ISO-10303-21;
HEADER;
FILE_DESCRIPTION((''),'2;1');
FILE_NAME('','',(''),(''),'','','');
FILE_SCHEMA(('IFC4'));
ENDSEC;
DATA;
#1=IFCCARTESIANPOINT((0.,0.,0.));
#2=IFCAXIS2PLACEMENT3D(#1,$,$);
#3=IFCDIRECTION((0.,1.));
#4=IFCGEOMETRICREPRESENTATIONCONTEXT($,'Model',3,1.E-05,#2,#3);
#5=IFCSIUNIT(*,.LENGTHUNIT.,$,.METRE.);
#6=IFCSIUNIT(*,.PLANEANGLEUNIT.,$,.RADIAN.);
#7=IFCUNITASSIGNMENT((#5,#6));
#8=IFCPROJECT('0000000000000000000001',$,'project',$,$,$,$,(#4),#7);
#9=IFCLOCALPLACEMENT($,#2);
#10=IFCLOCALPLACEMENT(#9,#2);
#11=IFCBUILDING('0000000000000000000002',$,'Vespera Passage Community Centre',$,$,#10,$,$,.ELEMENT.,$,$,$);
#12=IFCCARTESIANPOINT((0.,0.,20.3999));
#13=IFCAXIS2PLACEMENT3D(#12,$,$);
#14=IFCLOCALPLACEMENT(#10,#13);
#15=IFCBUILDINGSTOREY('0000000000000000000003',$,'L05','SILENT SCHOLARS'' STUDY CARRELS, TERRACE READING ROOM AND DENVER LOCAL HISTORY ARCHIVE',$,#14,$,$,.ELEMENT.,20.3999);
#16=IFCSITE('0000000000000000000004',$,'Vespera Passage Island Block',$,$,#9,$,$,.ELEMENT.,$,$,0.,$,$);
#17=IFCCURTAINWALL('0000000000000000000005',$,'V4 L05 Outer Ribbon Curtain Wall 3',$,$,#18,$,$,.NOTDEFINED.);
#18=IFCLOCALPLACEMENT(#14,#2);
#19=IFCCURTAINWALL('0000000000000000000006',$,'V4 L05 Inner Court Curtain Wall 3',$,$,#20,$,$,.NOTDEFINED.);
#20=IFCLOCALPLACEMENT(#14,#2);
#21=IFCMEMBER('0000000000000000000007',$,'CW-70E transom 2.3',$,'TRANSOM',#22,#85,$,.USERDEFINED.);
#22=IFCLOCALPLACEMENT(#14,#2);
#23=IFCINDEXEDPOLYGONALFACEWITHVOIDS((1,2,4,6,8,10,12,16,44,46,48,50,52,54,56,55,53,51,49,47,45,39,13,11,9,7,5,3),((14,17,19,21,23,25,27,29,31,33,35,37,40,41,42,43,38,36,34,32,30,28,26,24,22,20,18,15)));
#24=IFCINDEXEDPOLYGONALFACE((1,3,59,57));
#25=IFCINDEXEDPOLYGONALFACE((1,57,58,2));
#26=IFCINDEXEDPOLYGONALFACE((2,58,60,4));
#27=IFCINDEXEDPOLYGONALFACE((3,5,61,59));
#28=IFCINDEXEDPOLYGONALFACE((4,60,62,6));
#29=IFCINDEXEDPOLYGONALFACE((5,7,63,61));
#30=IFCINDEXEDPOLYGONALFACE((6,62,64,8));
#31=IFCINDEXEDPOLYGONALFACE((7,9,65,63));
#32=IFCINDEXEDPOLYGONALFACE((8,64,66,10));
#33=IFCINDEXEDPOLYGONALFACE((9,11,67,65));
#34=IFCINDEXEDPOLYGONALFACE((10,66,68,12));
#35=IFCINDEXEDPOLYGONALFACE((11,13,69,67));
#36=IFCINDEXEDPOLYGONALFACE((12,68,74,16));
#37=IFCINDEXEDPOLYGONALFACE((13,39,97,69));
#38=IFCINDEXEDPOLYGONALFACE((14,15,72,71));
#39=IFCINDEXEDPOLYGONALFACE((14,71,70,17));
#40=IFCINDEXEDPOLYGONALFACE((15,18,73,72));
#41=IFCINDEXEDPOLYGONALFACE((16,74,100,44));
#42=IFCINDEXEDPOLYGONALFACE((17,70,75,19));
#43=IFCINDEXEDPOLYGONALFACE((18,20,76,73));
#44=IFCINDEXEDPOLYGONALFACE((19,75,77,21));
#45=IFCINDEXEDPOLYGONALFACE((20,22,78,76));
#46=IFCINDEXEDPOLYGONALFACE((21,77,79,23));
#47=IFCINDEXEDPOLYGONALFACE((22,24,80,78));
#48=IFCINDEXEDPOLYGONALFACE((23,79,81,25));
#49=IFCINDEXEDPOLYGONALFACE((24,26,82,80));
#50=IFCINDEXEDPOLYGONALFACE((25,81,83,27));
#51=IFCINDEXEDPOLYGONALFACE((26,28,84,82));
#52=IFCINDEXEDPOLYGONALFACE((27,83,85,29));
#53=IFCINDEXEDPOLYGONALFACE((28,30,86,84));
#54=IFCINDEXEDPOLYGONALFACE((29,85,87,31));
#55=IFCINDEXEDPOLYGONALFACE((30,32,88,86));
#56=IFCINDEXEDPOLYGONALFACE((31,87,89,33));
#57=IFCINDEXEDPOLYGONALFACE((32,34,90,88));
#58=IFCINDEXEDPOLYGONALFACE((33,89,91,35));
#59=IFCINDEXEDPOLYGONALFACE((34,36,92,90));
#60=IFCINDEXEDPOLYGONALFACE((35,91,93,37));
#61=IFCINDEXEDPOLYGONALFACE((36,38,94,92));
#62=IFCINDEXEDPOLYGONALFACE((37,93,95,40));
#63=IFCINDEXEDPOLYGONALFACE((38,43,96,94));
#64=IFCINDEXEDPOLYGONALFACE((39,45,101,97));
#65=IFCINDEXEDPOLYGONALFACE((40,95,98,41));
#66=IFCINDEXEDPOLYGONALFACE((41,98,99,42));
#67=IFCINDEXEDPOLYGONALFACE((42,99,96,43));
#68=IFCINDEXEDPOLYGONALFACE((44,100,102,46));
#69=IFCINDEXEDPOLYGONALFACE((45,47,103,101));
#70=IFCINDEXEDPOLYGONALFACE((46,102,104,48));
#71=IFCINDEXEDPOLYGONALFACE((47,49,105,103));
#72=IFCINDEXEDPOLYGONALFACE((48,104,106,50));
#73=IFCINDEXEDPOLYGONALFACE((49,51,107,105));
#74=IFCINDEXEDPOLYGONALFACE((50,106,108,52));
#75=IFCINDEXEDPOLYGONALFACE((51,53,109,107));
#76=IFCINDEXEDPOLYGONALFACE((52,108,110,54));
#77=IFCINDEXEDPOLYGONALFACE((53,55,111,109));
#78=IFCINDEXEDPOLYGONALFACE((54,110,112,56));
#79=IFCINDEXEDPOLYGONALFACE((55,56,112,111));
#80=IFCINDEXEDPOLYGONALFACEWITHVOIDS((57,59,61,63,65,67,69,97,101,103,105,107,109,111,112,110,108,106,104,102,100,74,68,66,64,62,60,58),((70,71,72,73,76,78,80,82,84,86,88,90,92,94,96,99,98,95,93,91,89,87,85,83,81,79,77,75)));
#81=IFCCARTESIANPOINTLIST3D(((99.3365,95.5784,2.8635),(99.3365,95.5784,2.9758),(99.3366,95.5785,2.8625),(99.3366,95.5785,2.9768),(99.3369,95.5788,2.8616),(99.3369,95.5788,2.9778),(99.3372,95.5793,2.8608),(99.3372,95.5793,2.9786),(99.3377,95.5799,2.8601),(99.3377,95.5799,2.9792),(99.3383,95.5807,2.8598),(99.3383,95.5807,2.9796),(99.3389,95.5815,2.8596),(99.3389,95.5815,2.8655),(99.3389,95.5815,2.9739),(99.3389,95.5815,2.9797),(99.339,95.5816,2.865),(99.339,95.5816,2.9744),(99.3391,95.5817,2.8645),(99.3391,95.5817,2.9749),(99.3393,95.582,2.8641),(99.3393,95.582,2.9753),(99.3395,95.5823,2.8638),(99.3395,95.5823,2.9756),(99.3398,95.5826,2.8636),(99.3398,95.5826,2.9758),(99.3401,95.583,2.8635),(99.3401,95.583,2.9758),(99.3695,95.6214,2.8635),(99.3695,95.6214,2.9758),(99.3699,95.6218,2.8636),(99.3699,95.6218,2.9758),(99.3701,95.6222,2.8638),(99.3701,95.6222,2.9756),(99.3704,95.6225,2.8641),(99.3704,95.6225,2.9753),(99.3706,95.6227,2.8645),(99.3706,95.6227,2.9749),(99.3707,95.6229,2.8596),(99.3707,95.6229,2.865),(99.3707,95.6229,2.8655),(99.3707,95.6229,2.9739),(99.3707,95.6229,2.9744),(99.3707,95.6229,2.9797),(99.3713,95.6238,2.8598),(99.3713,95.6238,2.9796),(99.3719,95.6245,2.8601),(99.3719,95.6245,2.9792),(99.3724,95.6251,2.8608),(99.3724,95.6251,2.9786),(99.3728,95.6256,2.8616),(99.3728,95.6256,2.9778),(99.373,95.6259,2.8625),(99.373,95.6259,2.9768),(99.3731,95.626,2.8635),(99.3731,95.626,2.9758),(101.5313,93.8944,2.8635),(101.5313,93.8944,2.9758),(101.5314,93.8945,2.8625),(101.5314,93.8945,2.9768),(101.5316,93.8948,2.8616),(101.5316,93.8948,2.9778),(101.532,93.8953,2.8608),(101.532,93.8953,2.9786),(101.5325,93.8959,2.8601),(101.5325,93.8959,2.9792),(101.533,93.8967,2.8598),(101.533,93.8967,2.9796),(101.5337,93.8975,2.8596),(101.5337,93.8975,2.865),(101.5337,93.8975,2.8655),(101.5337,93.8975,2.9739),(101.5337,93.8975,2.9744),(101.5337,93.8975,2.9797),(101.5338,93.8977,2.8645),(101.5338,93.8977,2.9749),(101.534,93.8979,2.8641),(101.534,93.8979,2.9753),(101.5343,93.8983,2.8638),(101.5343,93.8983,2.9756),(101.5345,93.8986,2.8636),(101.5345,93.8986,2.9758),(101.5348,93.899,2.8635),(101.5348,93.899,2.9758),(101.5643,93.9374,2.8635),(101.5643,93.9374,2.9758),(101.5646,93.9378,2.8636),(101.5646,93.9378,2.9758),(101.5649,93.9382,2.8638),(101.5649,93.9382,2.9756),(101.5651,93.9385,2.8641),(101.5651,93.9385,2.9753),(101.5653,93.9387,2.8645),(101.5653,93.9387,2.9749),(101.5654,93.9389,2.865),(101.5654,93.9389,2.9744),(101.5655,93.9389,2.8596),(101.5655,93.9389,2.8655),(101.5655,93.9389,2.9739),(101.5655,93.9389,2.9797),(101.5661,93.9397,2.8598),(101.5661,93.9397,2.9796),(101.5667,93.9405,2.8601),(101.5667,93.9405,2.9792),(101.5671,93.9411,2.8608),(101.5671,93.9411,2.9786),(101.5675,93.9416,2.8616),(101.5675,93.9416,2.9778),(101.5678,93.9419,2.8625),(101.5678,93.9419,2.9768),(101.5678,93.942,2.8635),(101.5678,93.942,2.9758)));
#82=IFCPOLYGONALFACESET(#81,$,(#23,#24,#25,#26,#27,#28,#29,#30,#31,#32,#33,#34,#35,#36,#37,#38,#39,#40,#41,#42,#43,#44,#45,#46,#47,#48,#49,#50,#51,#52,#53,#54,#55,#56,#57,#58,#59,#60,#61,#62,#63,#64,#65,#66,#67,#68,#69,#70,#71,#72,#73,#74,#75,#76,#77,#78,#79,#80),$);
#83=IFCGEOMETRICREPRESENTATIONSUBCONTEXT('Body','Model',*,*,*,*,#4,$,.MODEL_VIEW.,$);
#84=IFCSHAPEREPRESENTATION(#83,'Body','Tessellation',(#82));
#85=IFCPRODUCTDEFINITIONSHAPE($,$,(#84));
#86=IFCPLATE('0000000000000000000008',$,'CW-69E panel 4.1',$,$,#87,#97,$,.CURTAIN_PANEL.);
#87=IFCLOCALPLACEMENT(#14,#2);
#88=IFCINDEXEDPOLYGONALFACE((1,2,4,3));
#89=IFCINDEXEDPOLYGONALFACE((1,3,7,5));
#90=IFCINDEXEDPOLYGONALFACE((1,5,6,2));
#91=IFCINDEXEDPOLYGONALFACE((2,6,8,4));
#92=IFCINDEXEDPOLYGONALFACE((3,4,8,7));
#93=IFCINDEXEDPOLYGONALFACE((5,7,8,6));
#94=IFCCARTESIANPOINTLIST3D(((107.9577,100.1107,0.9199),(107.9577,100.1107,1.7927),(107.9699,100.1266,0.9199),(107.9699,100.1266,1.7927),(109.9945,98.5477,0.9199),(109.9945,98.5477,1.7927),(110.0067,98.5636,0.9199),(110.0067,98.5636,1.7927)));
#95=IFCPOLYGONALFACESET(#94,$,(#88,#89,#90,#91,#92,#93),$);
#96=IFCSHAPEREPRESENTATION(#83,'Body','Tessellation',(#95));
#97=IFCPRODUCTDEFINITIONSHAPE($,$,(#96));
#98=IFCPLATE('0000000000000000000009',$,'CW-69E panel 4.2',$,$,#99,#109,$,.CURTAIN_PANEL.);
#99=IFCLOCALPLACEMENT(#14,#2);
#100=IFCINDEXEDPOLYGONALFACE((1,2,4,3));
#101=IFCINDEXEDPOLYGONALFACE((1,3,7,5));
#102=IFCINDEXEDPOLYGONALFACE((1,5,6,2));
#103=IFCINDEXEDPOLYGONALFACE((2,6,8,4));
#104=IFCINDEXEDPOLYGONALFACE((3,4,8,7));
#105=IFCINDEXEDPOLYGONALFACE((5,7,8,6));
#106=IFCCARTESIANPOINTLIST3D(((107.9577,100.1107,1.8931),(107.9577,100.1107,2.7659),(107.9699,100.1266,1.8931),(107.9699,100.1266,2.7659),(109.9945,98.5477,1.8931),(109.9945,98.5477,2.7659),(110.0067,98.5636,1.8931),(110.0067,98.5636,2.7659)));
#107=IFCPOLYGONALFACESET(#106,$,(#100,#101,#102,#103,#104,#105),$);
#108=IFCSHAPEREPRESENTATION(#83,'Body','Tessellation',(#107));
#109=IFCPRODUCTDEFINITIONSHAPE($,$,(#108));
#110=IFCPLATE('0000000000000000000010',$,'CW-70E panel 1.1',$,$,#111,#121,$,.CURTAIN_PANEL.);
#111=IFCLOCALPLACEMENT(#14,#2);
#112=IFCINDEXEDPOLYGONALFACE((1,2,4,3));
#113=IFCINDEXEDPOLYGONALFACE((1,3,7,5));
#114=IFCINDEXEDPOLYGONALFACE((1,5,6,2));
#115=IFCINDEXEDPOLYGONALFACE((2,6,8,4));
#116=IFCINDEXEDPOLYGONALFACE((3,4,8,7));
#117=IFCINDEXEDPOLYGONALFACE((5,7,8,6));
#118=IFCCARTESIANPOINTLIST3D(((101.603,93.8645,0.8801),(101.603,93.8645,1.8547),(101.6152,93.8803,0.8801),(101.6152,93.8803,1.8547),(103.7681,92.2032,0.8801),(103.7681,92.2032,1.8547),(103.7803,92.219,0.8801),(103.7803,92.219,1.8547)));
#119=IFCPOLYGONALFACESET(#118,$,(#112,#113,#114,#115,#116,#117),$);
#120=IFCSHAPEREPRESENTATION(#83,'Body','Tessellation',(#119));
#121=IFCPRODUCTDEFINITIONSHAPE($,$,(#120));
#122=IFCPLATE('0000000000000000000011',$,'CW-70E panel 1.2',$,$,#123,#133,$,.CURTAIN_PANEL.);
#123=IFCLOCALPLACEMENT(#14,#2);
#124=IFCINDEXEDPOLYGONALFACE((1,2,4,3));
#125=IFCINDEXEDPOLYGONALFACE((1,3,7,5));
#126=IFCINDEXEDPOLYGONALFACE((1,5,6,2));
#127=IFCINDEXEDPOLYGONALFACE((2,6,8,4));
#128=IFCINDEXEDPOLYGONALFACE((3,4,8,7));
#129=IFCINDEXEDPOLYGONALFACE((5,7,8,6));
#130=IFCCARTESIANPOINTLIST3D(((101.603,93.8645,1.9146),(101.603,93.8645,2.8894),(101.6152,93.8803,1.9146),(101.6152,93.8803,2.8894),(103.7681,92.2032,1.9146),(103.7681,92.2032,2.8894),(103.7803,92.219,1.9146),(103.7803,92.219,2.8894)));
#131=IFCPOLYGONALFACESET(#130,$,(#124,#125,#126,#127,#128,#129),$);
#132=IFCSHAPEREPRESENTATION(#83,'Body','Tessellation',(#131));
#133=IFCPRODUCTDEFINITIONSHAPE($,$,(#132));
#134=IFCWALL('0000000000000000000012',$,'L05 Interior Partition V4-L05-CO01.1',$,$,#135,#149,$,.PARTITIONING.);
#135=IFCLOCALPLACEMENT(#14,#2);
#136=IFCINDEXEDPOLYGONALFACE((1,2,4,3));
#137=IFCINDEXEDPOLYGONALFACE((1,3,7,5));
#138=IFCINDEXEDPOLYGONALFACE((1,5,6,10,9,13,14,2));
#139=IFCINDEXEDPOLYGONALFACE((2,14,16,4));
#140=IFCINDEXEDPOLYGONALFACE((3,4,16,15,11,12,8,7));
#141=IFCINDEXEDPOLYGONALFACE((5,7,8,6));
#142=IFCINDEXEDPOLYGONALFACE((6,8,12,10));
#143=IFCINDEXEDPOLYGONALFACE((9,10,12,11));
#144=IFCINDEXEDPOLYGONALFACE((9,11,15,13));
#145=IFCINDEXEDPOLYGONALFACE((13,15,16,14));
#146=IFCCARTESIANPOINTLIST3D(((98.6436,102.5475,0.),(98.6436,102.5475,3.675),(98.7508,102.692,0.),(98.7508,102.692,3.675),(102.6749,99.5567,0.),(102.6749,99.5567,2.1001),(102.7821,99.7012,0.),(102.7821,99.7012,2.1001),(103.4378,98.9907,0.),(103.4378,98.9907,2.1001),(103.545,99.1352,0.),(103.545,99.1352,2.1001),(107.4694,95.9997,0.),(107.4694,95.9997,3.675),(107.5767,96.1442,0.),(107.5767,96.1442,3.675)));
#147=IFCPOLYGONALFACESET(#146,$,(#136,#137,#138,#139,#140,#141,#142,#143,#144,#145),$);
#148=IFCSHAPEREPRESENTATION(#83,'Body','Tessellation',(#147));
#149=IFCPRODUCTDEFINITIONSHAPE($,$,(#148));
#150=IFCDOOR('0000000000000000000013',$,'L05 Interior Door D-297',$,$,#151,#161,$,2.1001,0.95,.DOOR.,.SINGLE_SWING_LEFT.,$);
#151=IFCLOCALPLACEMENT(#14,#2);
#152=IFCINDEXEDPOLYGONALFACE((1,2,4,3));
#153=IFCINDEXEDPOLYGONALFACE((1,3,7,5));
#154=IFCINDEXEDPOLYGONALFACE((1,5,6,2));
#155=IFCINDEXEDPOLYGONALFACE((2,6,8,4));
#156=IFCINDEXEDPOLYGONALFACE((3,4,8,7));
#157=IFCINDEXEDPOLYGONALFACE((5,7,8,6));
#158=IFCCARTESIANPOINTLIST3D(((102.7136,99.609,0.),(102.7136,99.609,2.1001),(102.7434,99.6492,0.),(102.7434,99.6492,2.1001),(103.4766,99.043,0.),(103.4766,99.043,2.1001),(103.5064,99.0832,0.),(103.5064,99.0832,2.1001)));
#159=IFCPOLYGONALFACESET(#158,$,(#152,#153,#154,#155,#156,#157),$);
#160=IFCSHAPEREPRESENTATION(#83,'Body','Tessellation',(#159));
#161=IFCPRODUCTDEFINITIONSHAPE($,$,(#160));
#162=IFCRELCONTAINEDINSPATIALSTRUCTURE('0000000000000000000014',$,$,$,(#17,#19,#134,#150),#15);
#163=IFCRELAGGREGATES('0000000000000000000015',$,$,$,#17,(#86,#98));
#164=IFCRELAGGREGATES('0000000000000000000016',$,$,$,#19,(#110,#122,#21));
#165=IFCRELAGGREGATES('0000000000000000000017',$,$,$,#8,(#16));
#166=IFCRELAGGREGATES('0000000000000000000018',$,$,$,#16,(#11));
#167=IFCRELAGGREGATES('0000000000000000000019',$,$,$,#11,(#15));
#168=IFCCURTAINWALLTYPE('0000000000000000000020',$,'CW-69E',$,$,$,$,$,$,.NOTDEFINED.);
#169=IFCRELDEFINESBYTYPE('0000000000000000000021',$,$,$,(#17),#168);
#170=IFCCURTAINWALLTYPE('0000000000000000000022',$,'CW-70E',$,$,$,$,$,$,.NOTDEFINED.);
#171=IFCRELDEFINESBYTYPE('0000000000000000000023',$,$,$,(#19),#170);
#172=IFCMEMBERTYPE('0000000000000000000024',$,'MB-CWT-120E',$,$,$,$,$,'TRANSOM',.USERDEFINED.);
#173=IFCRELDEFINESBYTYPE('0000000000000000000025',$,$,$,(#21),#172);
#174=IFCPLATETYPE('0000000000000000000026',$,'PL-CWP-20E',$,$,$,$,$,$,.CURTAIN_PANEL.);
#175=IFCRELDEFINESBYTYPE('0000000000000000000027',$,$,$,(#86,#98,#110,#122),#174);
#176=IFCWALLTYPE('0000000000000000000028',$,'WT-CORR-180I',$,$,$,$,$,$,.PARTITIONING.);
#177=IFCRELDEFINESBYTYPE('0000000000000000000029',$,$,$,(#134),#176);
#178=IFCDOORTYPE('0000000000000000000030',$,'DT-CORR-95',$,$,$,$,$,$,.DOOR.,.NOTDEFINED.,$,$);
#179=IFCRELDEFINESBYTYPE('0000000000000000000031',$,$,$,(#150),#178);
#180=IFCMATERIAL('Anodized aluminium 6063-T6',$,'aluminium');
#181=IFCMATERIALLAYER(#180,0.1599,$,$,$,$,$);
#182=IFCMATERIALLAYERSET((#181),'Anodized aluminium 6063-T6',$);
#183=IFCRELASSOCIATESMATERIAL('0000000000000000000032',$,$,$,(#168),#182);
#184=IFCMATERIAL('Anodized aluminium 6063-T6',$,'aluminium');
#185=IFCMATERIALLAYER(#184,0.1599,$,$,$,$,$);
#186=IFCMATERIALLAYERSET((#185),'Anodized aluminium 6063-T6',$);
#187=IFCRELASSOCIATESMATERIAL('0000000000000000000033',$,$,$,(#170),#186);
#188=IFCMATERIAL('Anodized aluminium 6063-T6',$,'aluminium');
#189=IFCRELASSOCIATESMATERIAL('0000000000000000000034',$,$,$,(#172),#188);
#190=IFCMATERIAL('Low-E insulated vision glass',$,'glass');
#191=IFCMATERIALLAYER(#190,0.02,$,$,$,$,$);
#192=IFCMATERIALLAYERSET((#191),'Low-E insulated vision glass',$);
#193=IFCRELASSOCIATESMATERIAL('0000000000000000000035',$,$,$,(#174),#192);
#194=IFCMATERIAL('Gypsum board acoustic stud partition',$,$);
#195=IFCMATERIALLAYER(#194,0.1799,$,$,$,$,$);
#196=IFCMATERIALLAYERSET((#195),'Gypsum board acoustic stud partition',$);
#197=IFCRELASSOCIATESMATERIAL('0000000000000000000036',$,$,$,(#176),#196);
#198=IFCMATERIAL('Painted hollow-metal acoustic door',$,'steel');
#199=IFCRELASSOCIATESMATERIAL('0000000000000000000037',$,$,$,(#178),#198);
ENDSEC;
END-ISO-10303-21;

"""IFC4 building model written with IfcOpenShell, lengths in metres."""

from ifc_helpers import new_model, si_unit, direction, frame, frame_2d, origin, origin_2d, place, context, subcontext, project, spatial, rectangle, hollow_rectangle, extrude, material, layer, layer_set, material_profile, profile_set, type_object, element, fill, aggregate, save


model = new_model("IFC4")

# Units and contexts
model_context = context("Model", 3, precision=1e-05, world=origin(), true_north=direction((0.0, 1.0)))
body_context = subcontext(model_context, "Body", "Model", "MODEL_VIEW")
ifc_project = project(units=[si_unit("LENGTHUNIT", "METRE"), si_unit("PLANEANGLEUNIT", "RADIAN")], contexts=[model_context])

# Site, building, storey
site_placement = place(None, origin())
site = spatial("IfcSite", under=ifc_project, at=site_placement, Name="Vespera Passage Island Block", CompositionType="ELEMENT", RefElevation=0.0)
building_placement = place(site_placement, origin())
building = spatial("IfcBuilding", under=site, at=building_placement, Name="Vespera Passage Community Centre", CompositionType="ELEMENT")
storey_placement = place(building_placement, frame((0.0, 0.0, 20.3999)))
storey = spatial("IfcBuildingStorey", under=building, at=storey_placement, Name="L05", Description="SILENT SCHOLARS' STUDY CARRELS, TERRACE READING ROOM AND DENVER LOCAL HISTORY ARCHIVE", CompositionType="ELEMENT", Elevation=20.3999)

# Curtain wall
ifc_material_1 = material(Name="Anodized aluminium 6063-T6", Category="aluminium")
ifc_layer_1 = layer(ifc_material_1, 0.1599)
ifc_layer_set_1 = layer_set([ifc_layer_1], Name="Anodized aluminium 6063-T6")
curtain_wall_type_1 = type_object("IfcCurtainWallType", Name="CW-69E", PredefinedType="NOTDEFINED", material=ifc_layer_set_1)
curtain_wall_1_placement = place(storey_placement, origin())
curtain_wall_1 = element("IfcCurtainWall", 1, at=curtain_wall_1_placement, inside=storey, type_object=curtain_wall_type_1, Name="V4 L05 Outer Ribbon Curtain Wall 3", PredefinedType="NOTDEFINED")

# Curtain wall, member
ifc_material_2 = material(Name="Anodized aluminium 6063-T6", Category="aluminium")
ifc_layer_2 = layer(ifc_material_2, 0.1599)
ifc_layer_set_2 = layer_set([ifc_layer_2], Name="Anodized aluminium 6063-T6")
curtain_wall_type_2 = type_object("IfcCurtainWallType", Name="CW-70E", PredefinedType="NOTDEFINED", material=ifc_layer_set_2)
curtain_wall_2_placement = place(storey_placement, origin())
curtain_wall_2 = element("IfcCurtainWall", 2, at=curtain_wall_2_placement, inside=storey, type_object=curtain_wall_type_2, Name="V4 L05 Inner Court Curtain Wall 3", PredefinedType="NOTDEFINED")
ifc_material_3 = material(Name="Anodized aluminium 6063-T6", Category="aluminium")
ifc_material_profile_1 = material_profile(ifc_material_3, hollow_rectangle(XDim=0.0601, YDim=0.1201, WallThickness=0.0039, InnerFilletRadius=0.002, OuterFilletRadius=0.0039, at=origin_2d()), Name="ALU120X60X4")
ifc_profile_set_1 = profile_set([ifc_material_profile_1], Name="Anodized aluminium 6063-T6")
member_type_1 = type_object("IfcMemberType", Name="MB-CWT-120E", ElementType="TRANSOM", PredefinedType="USERDEFINED", material=ifc_profile_set_1)
member_1_placement = place(storey_placement, frame((101.5496, 93.9182, 2.9197), z_axis=(-0.793365, 0.608746, 0.0), x_axis=(-0.608746, -0.793365, 0.0)))
member_1 = element("IfcMember", 3, at=member_1_placement, type_object=member_type_1, Name="CW-70E transom 2.3", ObjectType="TRANSOM", PredefinedType="USERDEFINED", context=body_context, shape_type="SweptSolid", body=[
    extrude(hollow_rectangle(XDim=0.0601, YDim=0.1201, WallThickness=0.0039, InnerFilletRadius=0.002, OuterFilletRadius=0.0039, at=origin_2d()), origin(), (0.0, 0.0, 1.0), 2.7664),
])

# Plates
ifc_material_4 = material(Name="Low-E insulated vision glass", Category="glass")
ifc_layer_3 = layer(ifc_material_4, 0.02)
ifc_layer_set_3 = layer_set([ifc_layer_3], Name="Low-E insulated vision glass")
plate_type = type_object("IfcPlateType", Name="PL-CWP-20E", PredefinedType="CURTAIN_PANEL", material=ifc_layer_set_3)
plate_1_placement = place(storey_placement, frame((108.9822, 99.3372, 0.9199), z_axis=(0.0, 0.0, 1.0), x_axis=(0.793345, -0.608772, 0.0)))
plate_1 = element("IfcPlate", 4, at=plate_1_placement, type_object=plate_type, Name="CW-69E panel 4.1", PredefinedType="CURTAIN_PANEL", context=body_context, shape_type="SweptSolid", body=[
    extrude(rectangle(XDim=2.5674, YDim=0.02, at=origin_2d()), origin(), (0.0, 0.0, 1.0), 0.8728),
])
plate_2_placement = place(storey_placement, frame((108.9822, 99.3372, 1.8931), z_axis=(0.0, 0.0, 1.0), x_axis=(0.793345, -0.608772, 0.0)))
plate_2 = element("IfcPlate", 5, at=plate_2_placement, type_object=plate_type, Name="CW-69E panel 4.2", PredefinedType="CURTAIN_PANEL", context=body_context, shape_type="SweptSolid", body=[
    extrude(rectangle(XDim=2.5674, YDim=0.02, at=origin_2d()), origin(), (0.0, 0.0, 1.0), 0.8728),
])
aggregate(curtain_wall_1, [plate_1, plate_2])
plate_3_placement = place(storey_placement, frame((102.6917, 93.0417, 0.8801), z_axis=(0.0, 0.0, 1.0), x_axis=(-0.793358, 0.608755, 0.0)))
plate_3 = element("IfcPlate", 6, at=plate_3_placement, type_object=plate_type, Name="CW-70E panel 1.1", PredefinedType="CURTAIN_PANEL", context=body_context, shape_type="SweptSolid", body=[
    extrude(rectangle(XDim=2.729, YDim=0.02, at=origin_2d()), origin(), (0.0, 0.0, 1.0), 0.9746),
])
plate_4_placement = place(storey_placement, frame((102.6917, 93.0417, 1.9146), z_axis=(0.0, 0.0, 1.0), x_axis=(-0.793358, 0.608755, 0.0)))
plate_4 = element("IfcPlate", 7, at=plate_4_placement, type_object=plate_type, Name="CW-70E panel 1.2", PredefinedType="CURTAIN_PANEL", context=body_context, shape_type="SweptSolid", body=[
    extrude(rectangle(XDim=2.729, YDim=0.02, at=origin_2d()), origin(), (0.0, 0.0, 1.0), 0.9749),
])
aggregate(curtain_wall_2, [plate_3, plate_4, member_1])

# Wall, opening, door
ifc_material_5 = material(Name="Gypsum board acoustic stud partition")
ifc_layer_4 = layer(ifc_material_5, 0.1799)
ifc_layer_set_4 = layer_set([ifc_layer_4], Name="Gypsum board acoustic stud partition")
wall_type_1 = type_object("IfcWallType", Name="WT-CORR-180I", PredefinedType="PARTITIONING", material=ifc_layer_set_4)
wall_1_placement = place(storey_placement, frame((107.5229, 96.072, 0.0), z_axis=(0.0, 0.0, 1.0), x_axis=(-0.803116, 0.595822, 0.0)))
wall_1 = element("IfcWall", 8, at=wall_1_placement, inside=storey, type_object=wall_type_1, Name="L05 Interior Partition V4-L05-CO01.1", PredefinedType="PARTITIONING", context=body_context, shape_type="SweptSolid", body=[
    extrude(rectangle(XDim=10.9895, YDim=0.1799, at=frame_2d((5.4946, 0.0))), origin(), (0.0, 0.0, 1.0), 3.675),
])
opening_1_placement = place(wall_1_placement, frame((5.0198, 0.0, 0.0)))
opening_1 = element("IfcOpeningElement", 9, at=opening_1_placement, cuts=wall_1, PredefinedType="OPENING", context=body_context, shape_type="SweptSolid", body=[
    extrude(rectangle(XDim=0.95, YDim=2.1001, at=frame_2d((0.4751, 1.05))), frame((0.0, 0.0999, 0.0), z_axis=(0.0, -1.0, 0.0), x_axis=(1.0, 0.0, 0.0)), (0.0, 0.0, 1.0), 0.2),
])
ifc_material_6 = material(Name="Painted hollow-metal acoustic door", Category="steel")
door_type_1 = type_object("IfcDoorType", Name="DT-CORR-95", OperationType="NOTDEFINED", PredefinedType="DOOR", material=ifc_material_6)
door_1_placement = place(opening_1_placement, origin())
door_1 = element("IfcDoor", 10, at=door_1_placement, inside=storey, type_object=door_type_1, Name="L05 Interior Door D-297", OperationType="SINGLE_SWING_LEFT", OverallHeight=2.1001, OverallWidth=0.95, PredefinedType="DOOR", context=body_context, shape_type="SweptSolid", body=[
    extrude(rectangle(XDim=0.95, YDim=2.1001, at=frame_2d((0.4751, 1.05))), frame((0.0, 0.0249, 0.0), z_axis=(0.0, -1.0, 0.0), x_axis=(1.0, 0.0, 0.0)), (0.0, 0.0, 1.0), 0.05),
])
fill(opening_1, door_1)

save(model, "model.ifc")
